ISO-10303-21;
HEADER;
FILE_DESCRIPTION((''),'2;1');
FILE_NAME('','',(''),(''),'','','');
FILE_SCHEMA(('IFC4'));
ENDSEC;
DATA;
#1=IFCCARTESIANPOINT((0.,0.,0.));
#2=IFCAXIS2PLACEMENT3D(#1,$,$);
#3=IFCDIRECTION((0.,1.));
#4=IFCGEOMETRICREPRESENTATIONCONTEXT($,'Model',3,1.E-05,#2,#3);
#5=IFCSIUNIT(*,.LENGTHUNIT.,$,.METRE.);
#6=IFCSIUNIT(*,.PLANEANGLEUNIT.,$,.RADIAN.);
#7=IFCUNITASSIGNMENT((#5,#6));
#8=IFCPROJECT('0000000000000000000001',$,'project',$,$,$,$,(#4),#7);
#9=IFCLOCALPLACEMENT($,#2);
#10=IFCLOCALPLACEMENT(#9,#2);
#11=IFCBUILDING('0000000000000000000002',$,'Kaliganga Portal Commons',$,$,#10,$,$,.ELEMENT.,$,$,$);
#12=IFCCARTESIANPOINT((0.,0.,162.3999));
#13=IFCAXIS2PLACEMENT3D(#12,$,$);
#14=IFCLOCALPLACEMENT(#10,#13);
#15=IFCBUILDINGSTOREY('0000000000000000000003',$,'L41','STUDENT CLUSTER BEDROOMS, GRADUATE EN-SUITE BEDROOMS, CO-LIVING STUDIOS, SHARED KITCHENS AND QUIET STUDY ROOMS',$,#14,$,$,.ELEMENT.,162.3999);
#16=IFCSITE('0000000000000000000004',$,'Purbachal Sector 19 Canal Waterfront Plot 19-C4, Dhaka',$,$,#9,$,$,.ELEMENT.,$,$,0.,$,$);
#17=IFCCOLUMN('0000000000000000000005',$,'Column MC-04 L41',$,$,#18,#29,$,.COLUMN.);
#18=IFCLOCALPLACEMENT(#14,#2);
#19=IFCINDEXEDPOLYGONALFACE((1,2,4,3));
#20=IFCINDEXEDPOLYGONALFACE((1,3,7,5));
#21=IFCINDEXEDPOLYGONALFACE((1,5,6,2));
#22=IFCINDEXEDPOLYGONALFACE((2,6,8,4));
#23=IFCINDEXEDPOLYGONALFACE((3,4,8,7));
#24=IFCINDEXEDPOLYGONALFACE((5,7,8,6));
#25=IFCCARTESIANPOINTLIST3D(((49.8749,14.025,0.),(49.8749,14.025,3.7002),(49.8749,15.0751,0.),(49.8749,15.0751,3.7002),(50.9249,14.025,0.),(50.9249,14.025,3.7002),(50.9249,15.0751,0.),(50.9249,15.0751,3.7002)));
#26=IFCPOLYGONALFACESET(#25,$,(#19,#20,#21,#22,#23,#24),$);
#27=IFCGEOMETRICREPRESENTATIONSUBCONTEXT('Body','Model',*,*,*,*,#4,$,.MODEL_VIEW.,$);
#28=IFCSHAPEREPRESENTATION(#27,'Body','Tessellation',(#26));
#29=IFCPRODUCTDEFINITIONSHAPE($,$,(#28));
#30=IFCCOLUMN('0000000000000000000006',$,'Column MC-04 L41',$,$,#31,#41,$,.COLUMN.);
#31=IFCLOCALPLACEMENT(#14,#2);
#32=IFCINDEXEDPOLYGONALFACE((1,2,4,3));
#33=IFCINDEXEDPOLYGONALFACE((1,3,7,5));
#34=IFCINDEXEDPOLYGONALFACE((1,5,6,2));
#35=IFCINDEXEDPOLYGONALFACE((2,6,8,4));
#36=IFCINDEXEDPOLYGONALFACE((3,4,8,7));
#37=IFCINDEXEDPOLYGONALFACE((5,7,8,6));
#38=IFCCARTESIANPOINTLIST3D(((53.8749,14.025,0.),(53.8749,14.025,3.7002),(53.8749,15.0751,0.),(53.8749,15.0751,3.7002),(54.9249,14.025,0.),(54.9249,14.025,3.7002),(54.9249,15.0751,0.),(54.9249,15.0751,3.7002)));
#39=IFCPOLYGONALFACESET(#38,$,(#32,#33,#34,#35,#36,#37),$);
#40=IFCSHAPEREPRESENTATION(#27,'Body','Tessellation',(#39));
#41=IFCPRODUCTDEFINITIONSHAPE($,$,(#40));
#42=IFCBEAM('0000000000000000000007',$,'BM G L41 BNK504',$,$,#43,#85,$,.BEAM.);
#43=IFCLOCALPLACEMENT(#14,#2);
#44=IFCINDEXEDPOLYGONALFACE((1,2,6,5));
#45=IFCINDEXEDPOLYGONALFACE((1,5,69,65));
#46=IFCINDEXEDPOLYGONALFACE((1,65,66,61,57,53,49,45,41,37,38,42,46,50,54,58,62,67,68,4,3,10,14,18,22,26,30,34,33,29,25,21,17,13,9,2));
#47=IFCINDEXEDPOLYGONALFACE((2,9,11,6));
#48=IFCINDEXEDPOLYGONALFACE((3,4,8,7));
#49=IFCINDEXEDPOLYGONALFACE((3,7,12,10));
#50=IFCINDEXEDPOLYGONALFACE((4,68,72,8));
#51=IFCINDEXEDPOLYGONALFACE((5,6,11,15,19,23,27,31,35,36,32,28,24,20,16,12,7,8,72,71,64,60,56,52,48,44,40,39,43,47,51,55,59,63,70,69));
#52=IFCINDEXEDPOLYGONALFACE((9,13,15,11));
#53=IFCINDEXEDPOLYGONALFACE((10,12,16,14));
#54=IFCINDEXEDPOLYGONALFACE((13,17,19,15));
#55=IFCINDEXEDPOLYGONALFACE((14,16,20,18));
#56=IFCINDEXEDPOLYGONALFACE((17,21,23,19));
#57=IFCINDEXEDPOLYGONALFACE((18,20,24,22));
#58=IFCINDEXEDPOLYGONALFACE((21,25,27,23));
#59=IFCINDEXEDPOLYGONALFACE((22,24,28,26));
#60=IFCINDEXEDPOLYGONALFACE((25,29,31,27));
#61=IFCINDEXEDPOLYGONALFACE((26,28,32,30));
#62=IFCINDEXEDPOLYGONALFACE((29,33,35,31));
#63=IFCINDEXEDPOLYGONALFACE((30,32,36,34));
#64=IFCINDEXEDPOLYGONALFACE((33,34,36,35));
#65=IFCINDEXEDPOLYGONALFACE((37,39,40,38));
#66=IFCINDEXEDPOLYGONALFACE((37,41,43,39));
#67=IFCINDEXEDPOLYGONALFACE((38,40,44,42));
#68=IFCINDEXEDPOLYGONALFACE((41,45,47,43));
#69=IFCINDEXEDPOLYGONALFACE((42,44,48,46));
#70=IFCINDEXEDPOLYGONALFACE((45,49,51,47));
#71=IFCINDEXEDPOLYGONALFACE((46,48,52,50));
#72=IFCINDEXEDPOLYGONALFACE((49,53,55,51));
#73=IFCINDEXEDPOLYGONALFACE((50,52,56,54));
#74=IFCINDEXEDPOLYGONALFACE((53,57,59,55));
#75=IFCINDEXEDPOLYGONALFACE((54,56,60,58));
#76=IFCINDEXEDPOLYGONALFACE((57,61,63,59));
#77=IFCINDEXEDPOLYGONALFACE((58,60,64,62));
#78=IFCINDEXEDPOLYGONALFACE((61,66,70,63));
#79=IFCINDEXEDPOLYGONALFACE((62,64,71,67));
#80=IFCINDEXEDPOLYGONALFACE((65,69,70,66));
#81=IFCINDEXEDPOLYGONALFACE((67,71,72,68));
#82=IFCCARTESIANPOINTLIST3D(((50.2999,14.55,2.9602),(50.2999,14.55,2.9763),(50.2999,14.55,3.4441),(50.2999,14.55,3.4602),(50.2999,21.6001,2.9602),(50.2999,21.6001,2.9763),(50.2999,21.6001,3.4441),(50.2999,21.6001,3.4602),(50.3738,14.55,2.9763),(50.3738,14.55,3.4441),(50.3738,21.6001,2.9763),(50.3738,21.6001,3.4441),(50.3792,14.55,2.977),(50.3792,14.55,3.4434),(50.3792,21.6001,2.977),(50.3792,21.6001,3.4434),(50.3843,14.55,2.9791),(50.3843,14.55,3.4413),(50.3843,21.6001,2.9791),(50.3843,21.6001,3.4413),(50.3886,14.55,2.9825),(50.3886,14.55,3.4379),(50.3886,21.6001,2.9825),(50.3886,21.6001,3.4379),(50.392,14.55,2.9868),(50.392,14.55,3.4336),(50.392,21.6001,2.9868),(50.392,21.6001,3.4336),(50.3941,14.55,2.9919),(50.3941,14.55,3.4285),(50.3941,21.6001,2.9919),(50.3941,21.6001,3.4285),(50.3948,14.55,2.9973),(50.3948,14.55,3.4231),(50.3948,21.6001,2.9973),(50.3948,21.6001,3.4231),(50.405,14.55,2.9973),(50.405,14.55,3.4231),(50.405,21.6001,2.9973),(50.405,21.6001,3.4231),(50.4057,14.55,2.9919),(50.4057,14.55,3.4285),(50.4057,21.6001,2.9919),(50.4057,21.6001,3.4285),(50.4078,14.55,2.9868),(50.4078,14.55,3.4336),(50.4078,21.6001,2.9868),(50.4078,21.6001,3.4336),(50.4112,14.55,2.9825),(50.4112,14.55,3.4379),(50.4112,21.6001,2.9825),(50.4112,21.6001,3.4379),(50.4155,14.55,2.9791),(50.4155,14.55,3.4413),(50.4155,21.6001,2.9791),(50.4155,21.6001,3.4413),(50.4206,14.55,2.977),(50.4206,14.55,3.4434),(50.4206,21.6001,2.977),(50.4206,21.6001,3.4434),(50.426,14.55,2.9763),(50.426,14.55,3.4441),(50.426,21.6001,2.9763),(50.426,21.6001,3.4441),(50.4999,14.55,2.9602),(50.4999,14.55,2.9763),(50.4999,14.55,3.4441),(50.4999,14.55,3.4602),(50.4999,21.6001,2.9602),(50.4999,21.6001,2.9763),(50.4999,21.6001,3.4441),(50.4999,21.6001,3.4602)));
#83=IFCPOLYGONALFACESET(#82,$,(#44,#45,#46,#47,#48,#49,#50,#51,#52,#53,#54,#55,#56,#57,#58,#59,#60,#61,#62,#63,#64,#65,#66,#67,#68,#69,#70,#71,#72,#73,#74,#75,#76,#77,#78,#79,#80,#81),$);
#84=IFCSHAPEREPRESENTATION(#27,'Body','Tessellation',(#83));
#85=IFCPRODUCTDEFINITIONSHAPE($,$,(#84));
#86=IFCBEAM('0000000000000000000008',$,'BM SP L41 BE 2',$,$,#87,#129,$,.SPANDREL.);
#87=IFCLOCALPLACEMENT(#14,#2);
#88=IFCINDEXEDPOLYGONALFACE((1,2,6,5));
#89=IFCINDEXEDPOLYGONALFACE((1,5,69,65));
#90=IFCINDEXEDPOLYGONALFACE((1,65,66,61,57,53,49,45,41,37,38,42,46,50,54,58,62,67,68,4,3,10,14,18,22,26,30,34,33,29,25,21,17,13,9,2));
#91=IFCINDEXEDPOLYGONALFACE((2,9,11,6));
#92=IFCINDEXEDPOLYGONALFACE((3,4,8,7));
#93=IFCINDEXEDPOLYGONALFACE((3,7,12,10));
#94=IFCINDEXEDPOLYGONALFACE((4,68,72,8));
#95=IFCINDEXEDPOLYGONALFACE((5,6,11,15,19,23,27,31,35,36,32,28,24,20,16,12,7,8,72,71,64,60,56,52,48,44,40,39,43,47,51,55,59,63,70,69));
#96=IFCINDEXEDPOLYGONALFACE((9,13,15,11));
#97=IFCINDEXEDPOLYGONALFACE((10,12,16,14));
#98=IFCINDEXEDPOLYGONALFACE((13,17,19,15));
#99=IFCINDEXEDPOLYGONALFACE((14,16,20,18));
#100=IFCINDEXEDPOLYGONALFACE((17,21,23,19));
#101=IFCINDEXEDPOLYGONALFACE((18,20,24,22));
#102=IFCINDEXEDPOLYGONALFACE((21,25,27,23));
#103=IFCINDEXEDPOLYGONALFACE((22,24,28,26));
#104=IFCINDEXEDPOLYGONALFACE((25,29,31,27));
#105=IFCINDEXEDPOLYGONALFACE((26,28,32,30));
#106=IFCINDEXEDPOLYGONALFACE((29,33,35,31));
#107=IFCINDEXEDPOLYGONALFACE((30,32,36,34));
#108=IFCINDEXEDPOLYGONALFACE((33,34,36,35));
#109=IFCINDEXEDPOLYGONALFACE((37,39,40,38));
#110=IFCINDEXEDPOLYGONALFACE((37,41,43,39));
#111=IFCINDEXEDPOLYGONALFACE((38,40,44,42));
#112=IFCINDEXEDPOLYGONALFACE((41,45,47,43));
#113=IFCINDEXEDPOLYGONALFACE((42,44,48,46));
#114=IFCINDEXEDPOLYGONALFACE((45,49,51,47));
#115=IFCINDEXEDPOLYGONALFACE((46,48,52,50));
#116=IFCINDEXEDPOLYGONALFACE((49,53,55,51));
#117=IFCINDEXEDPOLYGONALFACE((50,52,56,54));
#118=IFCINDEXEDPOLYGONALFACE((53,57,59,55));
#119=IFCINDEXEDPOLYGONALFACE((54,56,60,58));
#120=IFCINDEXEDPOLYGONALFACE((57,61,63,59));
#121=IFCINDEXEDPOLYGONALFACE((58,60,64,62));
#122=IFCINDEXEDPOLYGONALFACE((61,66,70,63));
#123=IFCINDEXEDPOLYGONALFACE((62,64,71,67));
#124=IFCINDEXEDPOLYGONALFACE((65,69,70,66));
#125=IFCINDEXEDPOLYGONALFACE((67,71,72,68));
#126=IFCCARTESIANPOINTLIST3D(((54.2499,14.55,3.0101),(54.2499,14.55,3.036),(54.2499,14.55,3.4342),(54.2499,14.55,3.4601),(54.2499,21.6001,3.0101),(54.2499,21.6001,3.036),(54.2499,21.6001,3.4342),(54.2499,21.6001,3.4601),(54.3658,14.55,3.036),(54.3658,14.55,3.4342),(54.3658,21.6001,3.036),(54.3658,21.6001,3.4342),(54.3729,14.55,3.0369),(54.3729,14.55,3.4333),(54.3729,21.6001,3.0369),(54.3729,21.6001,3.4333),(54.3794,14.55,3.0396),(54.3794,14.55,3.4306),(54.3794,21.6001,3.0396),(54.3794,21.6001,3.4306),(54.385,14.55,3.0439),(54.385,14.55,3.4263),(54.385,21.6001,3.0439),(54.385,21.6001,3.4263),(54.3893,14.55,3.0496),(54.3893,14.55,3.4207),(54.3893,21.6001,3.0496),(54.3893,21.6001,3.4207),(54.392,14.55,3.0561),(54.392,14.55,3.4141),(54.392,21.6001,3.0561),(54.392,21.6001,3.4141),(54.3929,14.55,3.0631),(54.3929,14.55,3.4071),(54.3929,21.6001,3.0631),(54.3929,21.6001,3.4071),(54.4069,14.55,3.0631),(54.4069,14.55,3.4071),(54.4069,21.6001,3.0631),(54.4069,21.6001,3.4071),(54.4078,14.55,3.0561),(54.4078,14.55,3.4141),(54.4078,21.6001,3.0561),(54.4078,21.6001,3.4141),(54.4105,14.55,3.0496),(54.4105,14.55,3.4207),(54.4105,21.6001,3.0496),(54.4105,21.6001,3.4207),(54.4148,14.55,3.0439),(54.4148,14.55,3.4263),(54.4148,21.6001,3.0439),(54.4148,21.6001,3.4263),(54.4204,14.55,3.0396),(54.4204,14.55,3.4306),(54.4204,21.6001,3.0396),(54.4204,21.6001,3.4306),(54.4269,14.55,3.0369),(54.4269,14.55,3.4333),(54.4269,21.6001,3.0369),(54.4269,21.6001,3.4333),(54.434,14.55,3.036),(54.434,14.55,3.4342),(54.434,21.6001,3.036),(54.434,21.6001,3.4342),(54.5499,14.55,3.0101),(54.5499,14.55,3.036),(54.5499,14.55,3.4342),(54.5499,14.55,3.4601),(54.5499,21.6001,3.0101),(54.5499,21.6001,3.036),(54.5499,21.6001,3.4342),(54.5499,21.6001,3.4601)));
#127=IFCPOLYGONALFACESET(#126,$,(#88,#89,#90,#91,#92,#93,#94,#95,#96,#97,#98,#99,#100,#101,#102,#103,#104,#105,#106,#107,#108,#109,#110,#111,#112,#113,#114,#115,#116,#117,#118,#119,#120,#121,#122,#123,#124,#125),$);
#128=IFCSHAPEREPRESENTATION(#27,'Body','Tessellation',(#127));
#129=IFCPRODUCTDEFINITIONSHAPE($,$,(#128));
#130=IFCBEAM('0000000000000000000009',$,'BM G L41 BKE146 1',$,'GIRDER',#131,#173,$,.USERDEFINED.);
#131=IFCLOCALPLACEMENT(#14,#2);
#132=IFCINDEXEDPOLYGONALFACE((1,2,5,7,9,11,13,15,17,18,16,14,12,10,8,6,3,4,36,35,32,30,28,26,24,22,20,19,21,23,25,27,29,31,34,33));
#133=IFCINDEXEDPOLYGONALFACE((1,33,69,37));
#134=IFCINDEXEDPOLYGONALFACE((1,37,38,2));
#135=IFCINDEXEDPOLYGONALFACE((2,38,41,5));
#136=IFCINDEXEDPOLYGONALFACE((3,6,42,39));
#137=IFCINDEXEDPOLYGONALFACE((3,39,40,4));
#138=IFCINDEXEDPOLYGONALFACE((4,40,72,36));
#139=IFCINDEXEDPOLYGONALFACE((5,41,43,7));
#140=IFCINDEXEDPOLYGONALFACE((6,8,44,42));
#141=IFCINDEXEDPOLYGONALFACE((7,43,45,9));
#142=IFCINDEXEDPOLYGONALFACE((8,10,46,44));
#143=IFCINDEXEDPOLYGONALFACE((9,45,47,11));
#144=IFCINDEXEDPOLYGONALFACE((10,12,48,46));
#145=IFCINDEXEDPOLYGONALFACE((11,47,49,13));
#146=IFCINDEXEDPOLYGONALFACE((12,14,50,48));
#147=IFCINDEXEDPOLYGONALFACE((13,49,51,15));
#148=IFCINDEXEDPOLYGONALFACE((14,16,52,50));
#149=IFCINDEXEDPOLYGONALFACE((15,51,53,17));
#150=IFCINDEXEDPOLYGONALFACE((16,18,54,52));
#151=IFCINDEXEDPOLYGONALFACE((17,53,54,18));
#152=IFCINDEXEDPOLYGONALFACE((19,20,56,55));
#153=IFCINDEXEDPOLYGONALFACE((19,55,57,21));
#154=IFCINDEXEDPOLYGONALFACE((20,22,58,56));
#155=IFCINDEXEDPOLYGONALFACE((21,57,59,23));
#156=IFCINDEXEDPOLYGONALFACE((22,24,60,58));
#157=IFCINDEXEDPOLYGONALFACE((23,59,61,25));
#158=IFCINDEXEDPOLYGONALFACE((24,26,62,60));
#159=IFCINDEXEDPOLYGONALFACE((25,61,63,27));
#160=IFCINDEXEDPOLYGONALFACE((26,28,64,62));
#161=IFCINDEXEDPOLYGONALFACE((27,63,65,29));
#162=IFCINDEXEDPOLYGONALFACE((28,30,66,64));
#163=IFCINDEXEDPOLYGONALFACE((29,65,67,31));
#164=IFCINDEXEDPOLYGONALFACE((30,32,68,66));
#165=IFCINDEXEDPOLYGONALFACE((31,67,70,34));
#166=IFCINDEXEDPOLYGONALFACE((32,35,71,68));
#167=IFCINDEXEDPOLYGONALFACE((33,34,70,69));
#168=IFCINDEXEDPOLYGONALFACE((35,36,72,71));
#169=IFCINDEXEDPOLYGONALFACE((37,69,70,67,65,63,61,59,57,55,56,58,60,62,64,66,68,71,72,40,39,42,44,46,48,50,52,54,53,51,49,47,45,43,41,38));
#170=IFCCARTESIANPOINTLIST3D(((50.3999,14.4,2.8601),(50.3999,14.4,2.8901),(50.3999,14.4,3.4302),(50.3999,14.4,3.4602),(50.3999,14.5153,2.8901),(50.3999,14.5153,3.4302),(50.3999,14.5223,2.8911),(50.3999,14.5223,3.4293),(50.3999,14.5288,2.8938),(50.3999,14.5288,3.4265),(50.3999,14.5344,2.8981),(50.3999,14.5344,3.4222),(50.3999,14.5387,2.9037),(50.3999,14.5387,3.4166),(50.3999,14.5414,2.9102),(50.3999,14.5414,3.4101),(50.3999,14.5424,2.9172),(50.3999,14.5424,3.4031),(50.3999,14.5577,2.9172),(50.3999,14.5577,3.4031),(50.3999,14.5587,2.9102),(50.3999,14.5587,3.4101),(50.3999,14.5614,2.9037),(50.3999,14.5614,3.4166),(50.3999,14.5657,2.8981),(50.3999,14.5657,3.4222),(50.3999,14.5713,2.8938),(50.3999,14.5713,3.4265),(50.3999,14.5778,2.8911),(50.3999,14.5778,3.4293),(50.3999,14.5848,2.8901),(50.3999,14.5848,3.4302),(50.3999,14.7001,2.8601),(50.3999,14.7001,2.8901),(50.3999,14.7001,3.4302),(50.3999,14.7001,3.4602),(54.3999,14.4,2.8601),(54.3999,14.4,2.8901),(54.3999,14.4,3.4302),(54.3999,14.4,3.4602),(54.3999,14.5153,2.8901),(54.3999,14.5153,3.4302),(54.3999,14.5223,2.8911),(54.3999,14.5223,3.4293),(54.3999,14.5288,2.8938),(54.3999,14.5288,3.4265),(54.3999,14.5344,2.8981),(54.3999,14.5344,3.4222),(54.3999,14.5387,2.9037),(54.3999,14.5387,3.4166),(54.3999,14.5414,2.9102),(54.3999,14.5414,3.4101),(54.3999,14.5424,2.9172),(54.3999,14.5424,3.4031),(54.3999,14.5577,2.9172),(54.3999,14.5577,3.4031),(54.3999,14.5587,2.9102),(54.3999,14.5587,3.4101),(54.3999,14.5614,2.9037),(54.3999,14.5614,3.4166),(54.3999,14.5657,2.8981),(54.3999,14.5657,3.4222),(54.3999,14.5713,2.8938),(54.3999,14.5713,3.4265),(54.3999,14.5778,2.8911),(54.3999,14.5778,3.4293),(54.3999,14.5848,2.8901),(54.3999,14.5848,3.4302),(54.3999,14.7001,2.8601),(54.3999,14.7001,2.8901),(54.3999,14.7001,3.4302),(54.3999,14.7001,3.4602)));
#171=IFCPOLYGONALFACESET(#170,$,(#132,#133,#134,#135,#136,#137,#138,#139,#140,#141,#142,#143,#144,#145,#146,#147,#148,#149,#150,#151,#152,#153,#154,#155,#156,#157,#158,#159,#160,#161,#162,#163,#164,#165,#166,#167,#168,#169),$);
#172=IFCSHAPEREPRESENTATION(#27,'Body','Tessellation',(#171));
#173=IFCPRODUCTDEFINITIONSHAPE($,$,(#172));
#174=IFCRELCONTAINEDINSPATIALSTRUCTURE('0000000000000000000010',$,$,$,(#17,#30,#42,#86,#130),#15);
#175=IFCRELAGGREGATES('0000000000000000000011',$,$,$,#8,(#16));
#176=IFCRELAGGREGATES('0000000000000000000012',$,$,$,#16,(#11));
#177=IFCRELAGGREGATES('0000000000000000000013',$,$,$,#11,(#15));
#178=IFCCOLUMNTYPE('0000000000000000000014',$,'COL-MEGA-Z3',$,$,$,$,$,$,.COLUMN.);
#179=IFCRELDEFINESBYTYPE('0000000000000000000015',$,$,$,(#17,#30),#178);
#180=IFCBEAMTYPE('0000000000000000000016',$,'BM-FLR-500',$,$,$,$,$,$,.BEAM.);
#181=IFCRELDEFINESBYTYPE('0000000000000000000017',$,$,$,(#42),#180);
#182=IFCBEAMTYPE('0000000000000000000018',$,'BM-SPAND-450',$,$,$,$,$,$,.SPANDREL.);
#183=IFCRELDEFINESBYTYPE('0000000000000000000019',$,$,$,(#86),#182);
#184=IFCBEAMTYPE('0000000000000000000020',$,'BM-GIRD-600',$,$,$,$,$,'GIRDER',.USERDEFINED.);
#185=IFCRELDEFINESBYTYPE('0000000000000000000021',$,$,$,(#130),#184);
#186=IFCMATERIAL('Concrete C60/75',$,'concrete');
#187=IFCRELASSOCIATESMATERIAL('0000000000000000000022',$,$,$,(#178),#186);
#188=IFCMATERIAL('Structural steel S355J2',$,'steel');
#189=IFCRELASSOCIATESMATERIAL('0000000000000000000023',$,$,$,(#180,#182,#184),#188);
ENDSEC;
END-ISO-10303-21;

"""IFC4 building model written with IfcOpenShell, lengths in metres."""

from ifc_helpers import new_model, si_unit, direction, frame, origin, origin_2d, place, context, subcontext, project, spatial, rectangle, i_section, extrude, source, transform, mapped, material, material_profile, profile_set, type_object, element, save


model = new_model("IFC4")

# Units and contexts
model_context = context("Model", 3, precision=1e-05, world=origin(), true_north=direction((0.0, 1.0)))
body_context = subcontext(model_context, "Body", "Model", "MODEL_VIEW")
ifc_project = project(units=[si_unit("LENGTHUNIT", "METRE"), si_unit("PLANEANGLEUNIT", "RADIAN")], contexts=[model_context])

# Site, building, storey
site_placement = place(None, origin())
site = spatial("IfcSite", under=ifc_project, at=site_placement, Name="Purbachal Sector 19 Canal Waterfront Plot 19-C4, Dhaka", CompositionType="ELEMENT", RefElevation=0.0)
building_placement = place(site_placement, origin())
building = spatial("IfcBuilding", under=site, at=building_placement, Name="Kaliganga Portal Commons", CompositionType="ELEMENT")
storey_placement = place(building_placement, frame((0.0, 0.0, 162.3999)))
storey = spatial("IfcBuildingStorey", under=building, at=storey_placement, Name="L41", Description="STUDENT CLUSTER BEDROOMS, GRADUATE EN-SUITE BEDROOMS, CO-LIVING STUDIOS, SHARED KITCHENS AND QUIET STUDY ROOMS", CompositionType="ELEMENT", Elevation=162.3999)

# Columns
ifc_material_1 = material(Name="Concrete C60/75", Category="concrete")
ifc_material_profile_1 = material_profile(ifc_material_1, rectangle(XDim=1.05, YDim=1.05, at=origin_2d()), Name="RC 1050x1050")
ifc_profile_set_1 = profile_set([ifc_material_profile_1], Name="Concrete C60/75")
column_type = type_object("IfcColumnType", Name="COL-MEGA-Z3", PredefinedType="COLUMN", material=ifc_profile_set_1)
shared_shape_1 = source(origin(), body_context, "Body", "SweptSolid", [
    extrude(rectangle(XDim=1.05, YDim=1.05, at=origin_2d()), origin(), (0.0, 0.0, 1.0), 3.7002),
])
for number, where, z_axis, x_axis, name in (
    (1, (50.3999, 14.55, 0.0), (0.0, 0.0, 1.0), (1.0, 0.0, 0.0), "Column MC-04 L41"),
    (2, (54.3999, 14.55, 0.0), (0.0, 0.0, 1.0), (1.0, 0.0, 0.0), "Column MC-04 L41"),
):
    element("IfcColumn", number, at=place(storey_placement, frame(where, z_axis=z_axis, x_axis=x_axis)), inside=storey, type_object=column_type, Name=name, PredefinedType="COLUMN", context=body_context, shape_type="MappedRepresentation", body=[
        mapped(shared_shape_1, transform((0.0, 0.0, 0.0), x_axis=(1.0, 0.0, 0.0), y_axis=(0.0, 1.0, 0.0), z_axis=(0.0, 0.0, 1.0), scale=1.0)),
    ])

# Beams
ifc_material_2 = material(Name="Structural steel S355J2", Category="steel")
ifc_material_profile_2 = material_profile(ifc_material_2, i_section(OverallWidth=0.2, OverallDepth=0.5, WebThickness=0.0103, FlangeThickness=0.0161, FilletRadius=0.021, at=origin_2d()), Name="IPE 500")
ifc_profile_set_2 = profile_set([ifc_material_profile_2], Name="Structural steel S355J2 wide-flange")
beam_type_1 = type_object("IfcBeamType", Name="BM-FLR-500", PredefinedType="BEAM", material=ifc_profile_set_2)
shared_shape_2 = source(origin(), body_context, "Body", "SweptSolid", [
    extrude(i_section(OverallWidth=0.2, OverallDepth=0.5, WebThickness=0.0103, FlangeThickness=0.0161, FilletRadius=0.021, at=origin_2d()), origin(), (0.0, 0.0, 1.0), 7.05),
])
beam_1_placement = place(storey_placement, frame((50.3999, 14.55, 3.2102), z_axis=(0.0, 1.0, 0.0), x_axis=(-1.0, 0.0, 0.0)))
element("IfcBeam", 3, at=beam_1_placement, inside=storey, type_object=beam_type_1, Name="BM G L41 BNK504", PredefinedType="BEAM", context=body_context, shape_type="MappedRepresentation", body=[
    mapped(shared_shape_2, transform((0.0, 0.0, 0.0), x_axis=(1.0, 0.0, 0.0), y_axis=(0.0, 1.0, 0.0), z_axis=(0.0, 0.0, 1.0), scale=1.0)),
])
ifc_material_profile_3 = material_profile(ifc_material_2, i_section(OverallWidth=0.3, OverallDepth=0.45, WebThickness=0.0139, FlangeThickness=0.0259, FilletRadius=0.0271, at=origin_2d()), Name="HE 450 B")
ifc_profile_set_3 = profile_set([ifc_material_profile_3], Name="Structural steel S355J2 wide-flange")
beam_type_2 = type_object("IfcBeamType", Name="BM-SPAND-450", PredefinedType="SPANDREL", material=ifc_profile_set_3)
shared_shape_3 = source(origin(), body_context, "Body", "SweptSolid", [
    extrude(i_section(OverallWidth=0.3, OverallDepth=0.45, WebThickness=0.0139, FlangeThickness=0.0259, FilletRadius=0.0271, at=origin_2d()), origin(), (0.0, 0.0, 1.0), 7.05),
])
beam_2_placement = place(storey_placement, frame((54.3999, 14.55, 3.2351), z_axis=(0.0, 1.0, 0.0), x_axis=(-1.0, 0.0, 0.0)))
element("IfcBeam", 4, at=beam_2_placement, inside=storey, type_object=beam_type_2, Name="BM SP L41 BE 2", PredefinedType="SPANDREL", context=body_context, shape_type="MappedRepresentation", body=[
    mapped(shared_shape_3, transform((0.0, 0.0, 0.0), x_axis=(1.0, 0.0, 0.0), y_axis=(0.0, 1.0, 0.0), z_axis=(0.0, 0.0, 1.0), scale=1.0)),
])
ifc_material_profile_4 = material_profile(ifc_material_2, i_section(OverallWidth=0.3, OverallDepth=0.6001, WebThickness=0.0154, FlangeThickness=0.03, FilletRadius=0.0271, at=origin_2d()), Name="HE 600 B")
ifc_profile_set_4 = profile_set([ifc_material_profile_4], Name="Structural steel S355J2 wide-flange")
beam_type_3 = type_object("IfcBeamType", Name="BM-GIRD-600", ElementType="GIRDER", PredefinedType="USERDEFINED", material=ifc_profile_set_4)
shared_shape_4 = source(origin(), body_context, "Body", "SweptSolid", [
    extrude(i_section(OverallWidth=0.3, OverallDepth=0.6001, WebThickness=0.0154, FlangeThickness=0.03, FilletRadius=0.0271, at=origin_2d()), origin(), (0.0, 0.0, 1.0), 4.0),
])
beam_3_placement = place(storey_placement, frame((50.3999, 14.55, 3.1602), z_axis=(1.0, 0.0, 0.0), x_axis=(0.0, 1.0, 0.0)))
element("IfcBeam", 5, at=beam_3_placement, inside=storey, type_object=beam_type_3, Name="BM G L41 BKE146 1", ObjectType="GIRDER", PredefinedType="USERDEFINED", context=body_context, shape_type="MappedRepresentation", body=[
    mapped(shared_shape_4, transform((0.0, 0.0, 0.0), x_axis=(1.0, 0.0, 0.0), y_axis=(0.0, 1.0, 0.0), z_axis=(0.0, 0.0, 1.0), scale=1.0)),
])

save(model, "model.ifc")
